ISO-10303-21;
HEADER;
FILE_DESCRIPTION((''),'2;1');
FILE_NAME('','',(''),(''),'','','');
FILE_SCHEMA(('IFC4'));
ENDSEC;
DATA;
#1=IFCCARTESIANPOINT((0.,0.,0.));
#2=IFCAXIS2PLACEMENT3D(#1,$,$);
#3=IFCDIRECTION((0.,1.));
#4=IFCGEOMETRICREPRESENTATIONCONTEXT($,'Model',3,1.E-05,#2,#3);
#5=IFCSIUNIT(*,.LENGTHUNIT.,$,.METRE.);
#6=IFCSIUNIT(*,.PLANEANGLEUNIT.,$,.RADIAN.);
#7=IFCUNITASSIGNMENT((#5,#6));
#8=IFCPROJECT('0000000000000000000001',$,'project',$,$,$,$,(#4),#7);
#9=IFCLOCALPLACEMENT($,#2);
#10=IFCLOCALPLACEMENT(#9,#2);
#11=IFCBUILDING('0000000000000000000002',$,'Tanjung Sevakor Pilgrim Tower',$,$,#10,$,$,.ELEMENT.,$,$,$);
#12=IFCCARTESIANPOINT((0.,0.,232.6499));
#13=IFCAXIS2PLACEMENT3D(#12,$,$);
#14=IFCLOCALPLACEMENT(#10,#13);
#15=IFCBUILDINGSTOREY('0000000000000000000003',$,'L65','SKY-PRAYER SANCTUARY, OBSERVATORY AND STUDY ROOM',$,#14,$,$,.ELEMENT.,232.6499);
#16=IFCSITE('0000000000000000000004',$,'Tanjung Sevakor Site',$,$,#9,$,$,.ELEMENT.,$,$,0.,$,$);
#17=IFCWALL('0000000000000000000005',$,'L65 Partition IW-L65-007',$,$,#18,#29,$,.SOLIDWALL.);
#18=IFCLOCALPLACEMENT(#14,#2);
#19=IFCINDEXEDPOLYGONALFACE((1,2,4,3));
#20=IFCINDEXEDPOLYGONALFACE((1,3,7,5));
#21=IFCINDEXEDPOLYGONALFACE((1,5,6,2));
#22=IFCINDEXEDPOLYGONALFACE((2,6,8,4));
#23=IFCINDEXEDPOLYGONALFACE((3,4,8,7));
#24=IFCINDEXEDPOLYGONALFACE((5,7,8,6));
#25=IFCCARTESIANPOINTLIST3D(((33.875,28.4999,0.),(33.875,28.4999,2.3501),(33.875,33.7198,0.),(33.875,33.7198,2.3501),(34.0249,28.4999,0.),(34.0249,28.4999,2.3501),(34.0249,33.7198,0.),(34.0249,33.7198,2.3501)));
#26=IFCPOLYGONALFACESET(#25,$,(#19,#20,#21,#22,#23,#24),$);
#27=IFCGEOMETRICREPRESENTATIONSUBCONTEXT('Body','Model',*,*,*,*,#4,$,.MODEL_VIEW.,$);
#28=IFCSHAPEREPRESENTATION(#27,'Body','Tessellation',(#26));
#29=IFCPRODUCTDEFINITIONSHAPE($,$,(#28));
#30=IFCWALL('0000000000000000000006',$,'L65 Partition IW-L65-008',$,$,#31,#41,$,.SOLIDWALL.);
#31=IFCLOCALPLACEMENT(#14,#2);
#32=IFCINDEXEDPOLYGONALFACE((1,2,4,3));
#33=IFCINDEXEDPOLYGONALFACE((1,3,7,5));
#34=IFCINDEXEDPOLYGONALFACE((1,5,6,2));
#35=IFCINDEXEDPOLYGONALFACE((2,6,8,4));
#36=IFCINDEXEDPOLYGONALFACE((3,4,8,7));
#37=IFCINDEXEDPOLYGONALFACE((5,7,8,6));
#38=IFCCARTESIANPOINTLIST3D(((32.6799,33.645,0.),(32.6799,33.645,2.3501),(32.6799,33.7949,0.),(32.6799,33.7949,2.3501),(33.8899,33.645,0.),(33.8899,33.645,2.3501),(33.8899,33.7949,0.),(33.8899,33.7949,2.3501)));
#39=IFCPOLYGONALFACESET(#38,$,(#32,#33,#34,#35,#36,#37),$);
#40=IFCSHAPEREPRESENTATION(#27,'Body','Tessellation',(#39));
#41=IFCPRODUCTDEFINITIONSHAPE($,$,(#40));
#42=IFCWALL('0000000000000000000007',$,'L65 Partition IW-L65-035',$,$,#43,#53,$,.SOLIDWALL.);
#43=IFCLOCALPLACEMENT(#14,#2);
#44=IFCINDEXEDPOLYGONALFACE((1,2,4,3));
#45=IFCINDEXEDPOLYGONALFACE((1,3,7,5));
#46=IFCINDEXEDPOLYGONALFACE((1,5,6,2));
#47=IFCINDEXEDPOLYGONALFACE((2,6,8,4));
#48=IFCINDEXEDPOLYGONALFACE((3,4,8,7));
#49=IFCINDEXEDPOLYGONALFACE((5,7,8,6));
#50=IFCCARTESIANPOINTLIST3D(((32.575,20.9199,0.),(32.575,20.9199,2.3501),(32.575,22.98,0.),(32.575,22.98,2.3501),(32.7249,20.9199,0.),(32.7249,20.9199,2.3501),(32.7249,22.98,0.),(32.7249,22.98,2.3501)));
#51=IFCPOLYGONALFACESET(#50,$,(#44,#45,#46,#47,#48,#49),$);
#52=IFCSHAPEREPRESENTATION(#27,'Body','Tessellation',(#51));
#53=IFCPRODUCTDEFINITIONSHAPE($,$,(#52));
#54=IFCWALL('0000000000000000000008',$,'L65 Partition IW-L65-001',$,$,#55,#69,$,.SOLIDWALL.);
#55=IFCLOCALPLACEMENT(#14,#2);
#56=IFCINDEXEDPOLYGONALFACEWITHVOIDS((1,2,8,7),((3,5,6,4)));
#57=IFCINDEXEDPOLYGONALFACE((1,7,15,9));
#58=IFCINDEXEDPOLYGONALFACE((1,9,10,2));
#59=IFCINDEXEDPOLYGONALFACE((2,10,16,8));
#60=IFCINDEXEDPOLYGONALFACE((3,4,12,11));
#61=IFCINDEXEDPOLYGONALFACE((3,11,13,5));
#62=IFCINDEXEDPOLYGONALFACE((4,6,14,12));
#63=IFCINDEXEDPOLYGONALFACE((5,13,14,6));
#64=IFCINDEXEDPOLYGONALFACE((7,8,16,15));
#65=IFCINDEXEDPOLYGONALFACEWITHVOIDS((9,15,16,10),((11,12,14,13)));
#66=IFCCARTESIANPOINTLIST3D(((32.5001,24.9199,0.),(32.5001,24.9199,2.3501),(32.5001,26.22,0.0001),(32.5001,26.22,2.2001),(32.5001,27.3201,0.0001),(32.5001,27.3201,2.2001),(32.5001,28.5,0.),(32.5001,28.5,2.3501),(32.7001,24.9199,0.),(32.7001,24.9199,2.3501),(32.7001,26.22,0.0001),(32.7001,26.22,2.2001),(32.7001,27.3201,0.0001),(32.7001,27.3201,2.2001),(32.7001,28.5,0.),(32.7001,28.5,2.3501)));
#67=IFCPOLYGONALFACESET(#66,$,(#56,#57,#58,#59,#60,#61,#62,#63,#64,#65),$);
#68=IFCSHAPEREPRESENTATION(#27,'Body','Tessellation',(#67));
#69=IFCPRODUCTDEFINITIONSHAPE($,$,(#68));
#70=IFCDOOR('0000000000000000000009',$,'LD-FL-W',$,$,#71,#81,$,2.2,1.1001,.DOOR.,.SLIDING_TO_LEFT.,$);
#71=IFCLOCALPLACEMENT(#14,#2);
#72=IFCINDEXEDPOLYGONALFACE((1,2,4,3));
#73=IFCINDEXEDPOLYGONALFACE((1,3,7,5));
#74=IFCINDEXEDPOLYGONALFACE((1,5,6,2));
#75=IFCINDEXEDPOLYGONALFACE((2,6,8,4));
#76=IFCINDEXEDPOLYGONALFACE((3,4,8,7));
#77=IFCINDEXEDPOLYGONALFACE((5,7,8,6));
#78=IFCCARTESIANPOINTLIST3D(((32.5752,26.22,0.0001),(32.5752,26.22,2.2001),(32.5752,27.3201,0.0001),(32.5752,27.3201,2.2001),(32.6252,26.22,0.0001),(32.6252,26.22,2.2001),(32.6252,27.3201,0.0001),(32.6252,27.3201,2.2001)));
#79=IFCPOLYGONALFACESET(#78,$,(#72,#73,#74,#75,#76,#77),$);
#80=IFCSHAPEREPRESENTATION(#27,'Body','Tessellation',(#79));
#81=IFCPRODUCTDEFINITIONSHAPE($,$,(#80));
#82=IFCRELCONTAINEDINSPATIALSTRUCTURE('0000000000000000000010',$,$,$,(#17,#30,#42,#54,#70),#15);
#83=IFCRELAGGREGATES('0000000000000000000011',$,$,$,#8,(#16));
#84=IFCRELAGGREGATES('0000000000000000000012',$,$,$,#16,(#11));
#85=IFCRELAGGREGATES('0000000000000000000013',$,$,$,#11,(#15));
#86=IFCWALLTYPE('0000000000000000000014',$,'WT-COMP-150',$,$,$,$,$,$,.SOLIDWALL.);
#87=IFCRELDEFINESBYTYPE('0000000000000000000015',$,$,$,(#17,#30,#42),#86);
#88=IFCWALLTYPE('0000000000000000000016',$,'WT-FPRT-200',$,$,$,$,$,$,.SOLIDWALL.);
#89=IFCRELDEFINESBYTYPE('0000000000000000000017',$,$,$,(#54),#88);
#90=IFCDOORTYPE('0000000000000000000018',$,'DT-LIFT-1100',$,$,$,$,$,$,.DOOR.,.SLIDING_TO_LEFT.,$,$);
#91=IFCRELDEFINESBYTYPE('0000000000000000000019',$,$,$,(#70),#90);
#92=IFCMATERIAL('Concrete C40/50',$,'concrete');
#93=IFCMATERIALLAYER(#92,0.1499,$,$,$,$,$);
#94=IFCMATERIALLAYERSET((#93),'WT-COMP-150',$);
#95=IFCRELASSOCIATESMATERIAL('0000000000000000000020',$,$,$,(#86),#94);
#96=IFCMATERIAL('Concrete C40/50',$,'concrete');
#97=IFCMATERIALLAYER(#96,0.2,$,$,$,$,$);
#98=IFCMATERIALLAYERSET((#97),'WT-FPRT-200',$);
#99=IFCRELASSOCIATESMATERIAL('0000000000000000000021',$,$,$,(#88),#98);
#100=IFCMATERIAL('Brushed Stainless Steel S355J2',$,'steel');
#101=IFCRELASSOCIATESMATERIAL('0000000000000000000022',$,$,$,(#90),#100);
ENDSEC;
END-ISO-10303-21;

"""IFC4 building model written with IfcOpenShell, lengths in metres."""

from ifc_helpers import new_model, si_unit, direction, frame, frame_2d, origin, place, context, subcontext, project, spatial, rectangle, extrude, material, layer, layer_set, type_object, element, fill, save


model = new_model("IFC4")

# Units and contexts
model_context = context("Model", 3, precision=1e-05, world=origin(), true_north=direction((0.0, 1.0)))
body_context = subcontext(model_context, "Body", "Model", "MODEL_VIEW")
ifc_project = project(units=[si_unit("LENGTHUNIT", "METRE"), si_unit("PLANEANGLEUNIT", "RADIAN")], contexts=[model_context])

# Site, building, storey
site_placement = place(None, origin())
site = spatial("IfcSite", under=ifc_project, at=site_placement, Name="Tanjung Sevakor Site", CompositionType="ELEMENT", RefElevation=0.0)
building_placement = place(site_placement, origin())
building = spatial("IfcBuilding", under=site, at=building_placement, Name="Tanjung Sevakor Pilgrim Tower", CompositionType="ELEMENT")
storey_placement = place(building_placement, frame((0.0, 0.0, 232.6499)))
storey = spatial("IfcBuildingStorey", under=building, at=storey_placement, Name="L65", Description="SKY-PRAYER SANCTUARY, OBSERVATORY AND STUDY ROOM", CompositionType="ELEMENT", Elevation=232.6499)

# Shared definitions
ifc_material_1 = material(Name="Concrete C40/50", Category="concrete")
ifc_layer_1 = layer(ifc_material_1, 0.1499)
ifc_layer_set_1 = layer_set([ifc_layer_1], Name="WT-COMP-150")
wall_type_1 = type_object("IfcWallType", Name="WT-COMP-150", PredefinedType="SOLIDWALL", material=ifc_layer_set_1)

# Walls
wall_1_placement = place(storey_placement, frame((33.95, 28.5, 0.0), z_axis=(0.0, 0.0, 1.0), x_axis=(0.0, 1.0, 0.0)))
element("IfcWall", 1, at=wall_1_placement, inside=storey, type_object=wall_type_1, Name="L65 Partition IW-L65-007", PredefinedType="SOLIDWALL", context=body_context, shape_type="SweptSolid", body=[
    extrude(rectangle(XDim=5.22, YDim=0.1499, at=frame_2d((2.6099, 0.0))), origin(), (0.0, 0.0, 1.0), 2.3501),
])
wall_2_placement = place(storey_placement, frame((32.6799, 33.72, 0.0), z_axis=(0.0, 0.0, 1.0), x_axis=(1.0, 0.0, 0.0)))
element("IfcWall", 2, at=wall_2_placement, inside=storey, type_object=wall_type_1, Name="L65 Partition IW-L65-008", PredefinedType="SOLIDWALL", context=body_context, shape_type="SweptSolid", body=[
    extrude(rectangle(XDim=1.21, YDim=0.1499, at=frame_2d((0.605, 0.0))), origin(), (0.0, 0.0, 1.0), 2.3501),
])

# Wall
wall_3_placement = place(storey_placement, frame((32.6499, 20.9199, 0.0), z_axis=(0.0, 0.0, 1.0), x_axis=(0.0, 1.0, 0.0)))
element("IfcWall", 3, at=wall_3_placement, inside=storey, type_object=wall_type_1, Name="L65 Partition IW-L65-035", PredefinedType="SOLIDWALL", context=body_context, shape_type="SweptSolid", body=[
    extrude(rectangle(XDim=2.0601, YDim=0.1499, at=frame_2d((1.03, 0.0))), origin(), (0.0, 0.0, 1.0), 2.3501),
])

# Wall, opening, door
ifc_material_2 = material(Name="Concrete C40/50", Category="concrete")
ifc_layer_2 = layer(ifc_material_2, 0.2)
ifc_layer_set_2 = layer_set([ifc_layer_2], Name="WT-FPRT-200")
wall_type_2 = type_object("IfcWallType", Name="WT-FPRT-200", PredefinedType="SOLIDWALL", material=ifc_layer_set_2)
wall_4_placement = place(storey_placement, frame((32.6001, 24.9199, 0.0), z_axis=(0.0, 0.0, 1.0), x_axis=(0.0, 1.0, 0.0)))
wall_4 = element("IfcWall", 4, at=wall_4_placement, inside=storey, type_object=wall_type_2, Name="L65 Partition IW-L65-001", PredefinedType="SOLIDWALL", context=body_context, shape_type="SweptSolid", body=[
    extrude(rectangle(XDim=3.5801, YDim=0.2, at=frame_2d((1.79, 0.0))), origin(), (0.0, 0.0, 1.0), 2.3501),
])
opening_1_placement = place(wall_4_placement, frame((1.3, 0.0, 0.0)))
opening_1 = element("IfcOpeningElement", 5, at=opening_1_placement, cuts=wall_4, PredefinedType="OPENING", context=body_context, shape_type="SweptSolid", body=[
    extrude(rectangle(XDim=1.1001, YDim=2.2, at=frame_2d((0.55, 1.1001))), frame((0.0, 0.1099, 0.0), z_axis=(0.0, -1.0, 0.0), x_axis=(1.0, 0.0, 0.0)), (0.0, 0.0, 1.0), 0.22),
])
ifc_material_3 = material(Name="Brushed Stainless Steel S355J2", Category="steel")
door_type_1 = type_object("IfcDoorType", Name="DT-LIFT-1100", OperationType="SLIDING_TO_LEFT", PredefinedType="DOOR", material=ifc_material_3)
door_1_placement = place(opening_1_placement, origin())
door_1 = element("IfcDoor", 6, at=door_1_placement, inside=storey, type_object=door_type_1, Name="LD-FL-W", OperationType="SLIDING_TO_LEFT", OverallHeight=2.2, OverallWidth=1.1001, PredefinedType="DOOR", context=body_context, shape_type="SweptSolid", body=[
    extrude(rectangle(XDim=1.1001, YDim=2.2, at=frame_2d((0.55, 1.1001))), frame((0.0, 0.0249, 0.0), z_axis=(0.0, -1.0, 0.0), x_axis=(1.0, 0.0, 0.0)), (0.0, 0.0, 1.0), 0.05),
])
fill(opening_1, door_1)

save(model, "model.ifc")
